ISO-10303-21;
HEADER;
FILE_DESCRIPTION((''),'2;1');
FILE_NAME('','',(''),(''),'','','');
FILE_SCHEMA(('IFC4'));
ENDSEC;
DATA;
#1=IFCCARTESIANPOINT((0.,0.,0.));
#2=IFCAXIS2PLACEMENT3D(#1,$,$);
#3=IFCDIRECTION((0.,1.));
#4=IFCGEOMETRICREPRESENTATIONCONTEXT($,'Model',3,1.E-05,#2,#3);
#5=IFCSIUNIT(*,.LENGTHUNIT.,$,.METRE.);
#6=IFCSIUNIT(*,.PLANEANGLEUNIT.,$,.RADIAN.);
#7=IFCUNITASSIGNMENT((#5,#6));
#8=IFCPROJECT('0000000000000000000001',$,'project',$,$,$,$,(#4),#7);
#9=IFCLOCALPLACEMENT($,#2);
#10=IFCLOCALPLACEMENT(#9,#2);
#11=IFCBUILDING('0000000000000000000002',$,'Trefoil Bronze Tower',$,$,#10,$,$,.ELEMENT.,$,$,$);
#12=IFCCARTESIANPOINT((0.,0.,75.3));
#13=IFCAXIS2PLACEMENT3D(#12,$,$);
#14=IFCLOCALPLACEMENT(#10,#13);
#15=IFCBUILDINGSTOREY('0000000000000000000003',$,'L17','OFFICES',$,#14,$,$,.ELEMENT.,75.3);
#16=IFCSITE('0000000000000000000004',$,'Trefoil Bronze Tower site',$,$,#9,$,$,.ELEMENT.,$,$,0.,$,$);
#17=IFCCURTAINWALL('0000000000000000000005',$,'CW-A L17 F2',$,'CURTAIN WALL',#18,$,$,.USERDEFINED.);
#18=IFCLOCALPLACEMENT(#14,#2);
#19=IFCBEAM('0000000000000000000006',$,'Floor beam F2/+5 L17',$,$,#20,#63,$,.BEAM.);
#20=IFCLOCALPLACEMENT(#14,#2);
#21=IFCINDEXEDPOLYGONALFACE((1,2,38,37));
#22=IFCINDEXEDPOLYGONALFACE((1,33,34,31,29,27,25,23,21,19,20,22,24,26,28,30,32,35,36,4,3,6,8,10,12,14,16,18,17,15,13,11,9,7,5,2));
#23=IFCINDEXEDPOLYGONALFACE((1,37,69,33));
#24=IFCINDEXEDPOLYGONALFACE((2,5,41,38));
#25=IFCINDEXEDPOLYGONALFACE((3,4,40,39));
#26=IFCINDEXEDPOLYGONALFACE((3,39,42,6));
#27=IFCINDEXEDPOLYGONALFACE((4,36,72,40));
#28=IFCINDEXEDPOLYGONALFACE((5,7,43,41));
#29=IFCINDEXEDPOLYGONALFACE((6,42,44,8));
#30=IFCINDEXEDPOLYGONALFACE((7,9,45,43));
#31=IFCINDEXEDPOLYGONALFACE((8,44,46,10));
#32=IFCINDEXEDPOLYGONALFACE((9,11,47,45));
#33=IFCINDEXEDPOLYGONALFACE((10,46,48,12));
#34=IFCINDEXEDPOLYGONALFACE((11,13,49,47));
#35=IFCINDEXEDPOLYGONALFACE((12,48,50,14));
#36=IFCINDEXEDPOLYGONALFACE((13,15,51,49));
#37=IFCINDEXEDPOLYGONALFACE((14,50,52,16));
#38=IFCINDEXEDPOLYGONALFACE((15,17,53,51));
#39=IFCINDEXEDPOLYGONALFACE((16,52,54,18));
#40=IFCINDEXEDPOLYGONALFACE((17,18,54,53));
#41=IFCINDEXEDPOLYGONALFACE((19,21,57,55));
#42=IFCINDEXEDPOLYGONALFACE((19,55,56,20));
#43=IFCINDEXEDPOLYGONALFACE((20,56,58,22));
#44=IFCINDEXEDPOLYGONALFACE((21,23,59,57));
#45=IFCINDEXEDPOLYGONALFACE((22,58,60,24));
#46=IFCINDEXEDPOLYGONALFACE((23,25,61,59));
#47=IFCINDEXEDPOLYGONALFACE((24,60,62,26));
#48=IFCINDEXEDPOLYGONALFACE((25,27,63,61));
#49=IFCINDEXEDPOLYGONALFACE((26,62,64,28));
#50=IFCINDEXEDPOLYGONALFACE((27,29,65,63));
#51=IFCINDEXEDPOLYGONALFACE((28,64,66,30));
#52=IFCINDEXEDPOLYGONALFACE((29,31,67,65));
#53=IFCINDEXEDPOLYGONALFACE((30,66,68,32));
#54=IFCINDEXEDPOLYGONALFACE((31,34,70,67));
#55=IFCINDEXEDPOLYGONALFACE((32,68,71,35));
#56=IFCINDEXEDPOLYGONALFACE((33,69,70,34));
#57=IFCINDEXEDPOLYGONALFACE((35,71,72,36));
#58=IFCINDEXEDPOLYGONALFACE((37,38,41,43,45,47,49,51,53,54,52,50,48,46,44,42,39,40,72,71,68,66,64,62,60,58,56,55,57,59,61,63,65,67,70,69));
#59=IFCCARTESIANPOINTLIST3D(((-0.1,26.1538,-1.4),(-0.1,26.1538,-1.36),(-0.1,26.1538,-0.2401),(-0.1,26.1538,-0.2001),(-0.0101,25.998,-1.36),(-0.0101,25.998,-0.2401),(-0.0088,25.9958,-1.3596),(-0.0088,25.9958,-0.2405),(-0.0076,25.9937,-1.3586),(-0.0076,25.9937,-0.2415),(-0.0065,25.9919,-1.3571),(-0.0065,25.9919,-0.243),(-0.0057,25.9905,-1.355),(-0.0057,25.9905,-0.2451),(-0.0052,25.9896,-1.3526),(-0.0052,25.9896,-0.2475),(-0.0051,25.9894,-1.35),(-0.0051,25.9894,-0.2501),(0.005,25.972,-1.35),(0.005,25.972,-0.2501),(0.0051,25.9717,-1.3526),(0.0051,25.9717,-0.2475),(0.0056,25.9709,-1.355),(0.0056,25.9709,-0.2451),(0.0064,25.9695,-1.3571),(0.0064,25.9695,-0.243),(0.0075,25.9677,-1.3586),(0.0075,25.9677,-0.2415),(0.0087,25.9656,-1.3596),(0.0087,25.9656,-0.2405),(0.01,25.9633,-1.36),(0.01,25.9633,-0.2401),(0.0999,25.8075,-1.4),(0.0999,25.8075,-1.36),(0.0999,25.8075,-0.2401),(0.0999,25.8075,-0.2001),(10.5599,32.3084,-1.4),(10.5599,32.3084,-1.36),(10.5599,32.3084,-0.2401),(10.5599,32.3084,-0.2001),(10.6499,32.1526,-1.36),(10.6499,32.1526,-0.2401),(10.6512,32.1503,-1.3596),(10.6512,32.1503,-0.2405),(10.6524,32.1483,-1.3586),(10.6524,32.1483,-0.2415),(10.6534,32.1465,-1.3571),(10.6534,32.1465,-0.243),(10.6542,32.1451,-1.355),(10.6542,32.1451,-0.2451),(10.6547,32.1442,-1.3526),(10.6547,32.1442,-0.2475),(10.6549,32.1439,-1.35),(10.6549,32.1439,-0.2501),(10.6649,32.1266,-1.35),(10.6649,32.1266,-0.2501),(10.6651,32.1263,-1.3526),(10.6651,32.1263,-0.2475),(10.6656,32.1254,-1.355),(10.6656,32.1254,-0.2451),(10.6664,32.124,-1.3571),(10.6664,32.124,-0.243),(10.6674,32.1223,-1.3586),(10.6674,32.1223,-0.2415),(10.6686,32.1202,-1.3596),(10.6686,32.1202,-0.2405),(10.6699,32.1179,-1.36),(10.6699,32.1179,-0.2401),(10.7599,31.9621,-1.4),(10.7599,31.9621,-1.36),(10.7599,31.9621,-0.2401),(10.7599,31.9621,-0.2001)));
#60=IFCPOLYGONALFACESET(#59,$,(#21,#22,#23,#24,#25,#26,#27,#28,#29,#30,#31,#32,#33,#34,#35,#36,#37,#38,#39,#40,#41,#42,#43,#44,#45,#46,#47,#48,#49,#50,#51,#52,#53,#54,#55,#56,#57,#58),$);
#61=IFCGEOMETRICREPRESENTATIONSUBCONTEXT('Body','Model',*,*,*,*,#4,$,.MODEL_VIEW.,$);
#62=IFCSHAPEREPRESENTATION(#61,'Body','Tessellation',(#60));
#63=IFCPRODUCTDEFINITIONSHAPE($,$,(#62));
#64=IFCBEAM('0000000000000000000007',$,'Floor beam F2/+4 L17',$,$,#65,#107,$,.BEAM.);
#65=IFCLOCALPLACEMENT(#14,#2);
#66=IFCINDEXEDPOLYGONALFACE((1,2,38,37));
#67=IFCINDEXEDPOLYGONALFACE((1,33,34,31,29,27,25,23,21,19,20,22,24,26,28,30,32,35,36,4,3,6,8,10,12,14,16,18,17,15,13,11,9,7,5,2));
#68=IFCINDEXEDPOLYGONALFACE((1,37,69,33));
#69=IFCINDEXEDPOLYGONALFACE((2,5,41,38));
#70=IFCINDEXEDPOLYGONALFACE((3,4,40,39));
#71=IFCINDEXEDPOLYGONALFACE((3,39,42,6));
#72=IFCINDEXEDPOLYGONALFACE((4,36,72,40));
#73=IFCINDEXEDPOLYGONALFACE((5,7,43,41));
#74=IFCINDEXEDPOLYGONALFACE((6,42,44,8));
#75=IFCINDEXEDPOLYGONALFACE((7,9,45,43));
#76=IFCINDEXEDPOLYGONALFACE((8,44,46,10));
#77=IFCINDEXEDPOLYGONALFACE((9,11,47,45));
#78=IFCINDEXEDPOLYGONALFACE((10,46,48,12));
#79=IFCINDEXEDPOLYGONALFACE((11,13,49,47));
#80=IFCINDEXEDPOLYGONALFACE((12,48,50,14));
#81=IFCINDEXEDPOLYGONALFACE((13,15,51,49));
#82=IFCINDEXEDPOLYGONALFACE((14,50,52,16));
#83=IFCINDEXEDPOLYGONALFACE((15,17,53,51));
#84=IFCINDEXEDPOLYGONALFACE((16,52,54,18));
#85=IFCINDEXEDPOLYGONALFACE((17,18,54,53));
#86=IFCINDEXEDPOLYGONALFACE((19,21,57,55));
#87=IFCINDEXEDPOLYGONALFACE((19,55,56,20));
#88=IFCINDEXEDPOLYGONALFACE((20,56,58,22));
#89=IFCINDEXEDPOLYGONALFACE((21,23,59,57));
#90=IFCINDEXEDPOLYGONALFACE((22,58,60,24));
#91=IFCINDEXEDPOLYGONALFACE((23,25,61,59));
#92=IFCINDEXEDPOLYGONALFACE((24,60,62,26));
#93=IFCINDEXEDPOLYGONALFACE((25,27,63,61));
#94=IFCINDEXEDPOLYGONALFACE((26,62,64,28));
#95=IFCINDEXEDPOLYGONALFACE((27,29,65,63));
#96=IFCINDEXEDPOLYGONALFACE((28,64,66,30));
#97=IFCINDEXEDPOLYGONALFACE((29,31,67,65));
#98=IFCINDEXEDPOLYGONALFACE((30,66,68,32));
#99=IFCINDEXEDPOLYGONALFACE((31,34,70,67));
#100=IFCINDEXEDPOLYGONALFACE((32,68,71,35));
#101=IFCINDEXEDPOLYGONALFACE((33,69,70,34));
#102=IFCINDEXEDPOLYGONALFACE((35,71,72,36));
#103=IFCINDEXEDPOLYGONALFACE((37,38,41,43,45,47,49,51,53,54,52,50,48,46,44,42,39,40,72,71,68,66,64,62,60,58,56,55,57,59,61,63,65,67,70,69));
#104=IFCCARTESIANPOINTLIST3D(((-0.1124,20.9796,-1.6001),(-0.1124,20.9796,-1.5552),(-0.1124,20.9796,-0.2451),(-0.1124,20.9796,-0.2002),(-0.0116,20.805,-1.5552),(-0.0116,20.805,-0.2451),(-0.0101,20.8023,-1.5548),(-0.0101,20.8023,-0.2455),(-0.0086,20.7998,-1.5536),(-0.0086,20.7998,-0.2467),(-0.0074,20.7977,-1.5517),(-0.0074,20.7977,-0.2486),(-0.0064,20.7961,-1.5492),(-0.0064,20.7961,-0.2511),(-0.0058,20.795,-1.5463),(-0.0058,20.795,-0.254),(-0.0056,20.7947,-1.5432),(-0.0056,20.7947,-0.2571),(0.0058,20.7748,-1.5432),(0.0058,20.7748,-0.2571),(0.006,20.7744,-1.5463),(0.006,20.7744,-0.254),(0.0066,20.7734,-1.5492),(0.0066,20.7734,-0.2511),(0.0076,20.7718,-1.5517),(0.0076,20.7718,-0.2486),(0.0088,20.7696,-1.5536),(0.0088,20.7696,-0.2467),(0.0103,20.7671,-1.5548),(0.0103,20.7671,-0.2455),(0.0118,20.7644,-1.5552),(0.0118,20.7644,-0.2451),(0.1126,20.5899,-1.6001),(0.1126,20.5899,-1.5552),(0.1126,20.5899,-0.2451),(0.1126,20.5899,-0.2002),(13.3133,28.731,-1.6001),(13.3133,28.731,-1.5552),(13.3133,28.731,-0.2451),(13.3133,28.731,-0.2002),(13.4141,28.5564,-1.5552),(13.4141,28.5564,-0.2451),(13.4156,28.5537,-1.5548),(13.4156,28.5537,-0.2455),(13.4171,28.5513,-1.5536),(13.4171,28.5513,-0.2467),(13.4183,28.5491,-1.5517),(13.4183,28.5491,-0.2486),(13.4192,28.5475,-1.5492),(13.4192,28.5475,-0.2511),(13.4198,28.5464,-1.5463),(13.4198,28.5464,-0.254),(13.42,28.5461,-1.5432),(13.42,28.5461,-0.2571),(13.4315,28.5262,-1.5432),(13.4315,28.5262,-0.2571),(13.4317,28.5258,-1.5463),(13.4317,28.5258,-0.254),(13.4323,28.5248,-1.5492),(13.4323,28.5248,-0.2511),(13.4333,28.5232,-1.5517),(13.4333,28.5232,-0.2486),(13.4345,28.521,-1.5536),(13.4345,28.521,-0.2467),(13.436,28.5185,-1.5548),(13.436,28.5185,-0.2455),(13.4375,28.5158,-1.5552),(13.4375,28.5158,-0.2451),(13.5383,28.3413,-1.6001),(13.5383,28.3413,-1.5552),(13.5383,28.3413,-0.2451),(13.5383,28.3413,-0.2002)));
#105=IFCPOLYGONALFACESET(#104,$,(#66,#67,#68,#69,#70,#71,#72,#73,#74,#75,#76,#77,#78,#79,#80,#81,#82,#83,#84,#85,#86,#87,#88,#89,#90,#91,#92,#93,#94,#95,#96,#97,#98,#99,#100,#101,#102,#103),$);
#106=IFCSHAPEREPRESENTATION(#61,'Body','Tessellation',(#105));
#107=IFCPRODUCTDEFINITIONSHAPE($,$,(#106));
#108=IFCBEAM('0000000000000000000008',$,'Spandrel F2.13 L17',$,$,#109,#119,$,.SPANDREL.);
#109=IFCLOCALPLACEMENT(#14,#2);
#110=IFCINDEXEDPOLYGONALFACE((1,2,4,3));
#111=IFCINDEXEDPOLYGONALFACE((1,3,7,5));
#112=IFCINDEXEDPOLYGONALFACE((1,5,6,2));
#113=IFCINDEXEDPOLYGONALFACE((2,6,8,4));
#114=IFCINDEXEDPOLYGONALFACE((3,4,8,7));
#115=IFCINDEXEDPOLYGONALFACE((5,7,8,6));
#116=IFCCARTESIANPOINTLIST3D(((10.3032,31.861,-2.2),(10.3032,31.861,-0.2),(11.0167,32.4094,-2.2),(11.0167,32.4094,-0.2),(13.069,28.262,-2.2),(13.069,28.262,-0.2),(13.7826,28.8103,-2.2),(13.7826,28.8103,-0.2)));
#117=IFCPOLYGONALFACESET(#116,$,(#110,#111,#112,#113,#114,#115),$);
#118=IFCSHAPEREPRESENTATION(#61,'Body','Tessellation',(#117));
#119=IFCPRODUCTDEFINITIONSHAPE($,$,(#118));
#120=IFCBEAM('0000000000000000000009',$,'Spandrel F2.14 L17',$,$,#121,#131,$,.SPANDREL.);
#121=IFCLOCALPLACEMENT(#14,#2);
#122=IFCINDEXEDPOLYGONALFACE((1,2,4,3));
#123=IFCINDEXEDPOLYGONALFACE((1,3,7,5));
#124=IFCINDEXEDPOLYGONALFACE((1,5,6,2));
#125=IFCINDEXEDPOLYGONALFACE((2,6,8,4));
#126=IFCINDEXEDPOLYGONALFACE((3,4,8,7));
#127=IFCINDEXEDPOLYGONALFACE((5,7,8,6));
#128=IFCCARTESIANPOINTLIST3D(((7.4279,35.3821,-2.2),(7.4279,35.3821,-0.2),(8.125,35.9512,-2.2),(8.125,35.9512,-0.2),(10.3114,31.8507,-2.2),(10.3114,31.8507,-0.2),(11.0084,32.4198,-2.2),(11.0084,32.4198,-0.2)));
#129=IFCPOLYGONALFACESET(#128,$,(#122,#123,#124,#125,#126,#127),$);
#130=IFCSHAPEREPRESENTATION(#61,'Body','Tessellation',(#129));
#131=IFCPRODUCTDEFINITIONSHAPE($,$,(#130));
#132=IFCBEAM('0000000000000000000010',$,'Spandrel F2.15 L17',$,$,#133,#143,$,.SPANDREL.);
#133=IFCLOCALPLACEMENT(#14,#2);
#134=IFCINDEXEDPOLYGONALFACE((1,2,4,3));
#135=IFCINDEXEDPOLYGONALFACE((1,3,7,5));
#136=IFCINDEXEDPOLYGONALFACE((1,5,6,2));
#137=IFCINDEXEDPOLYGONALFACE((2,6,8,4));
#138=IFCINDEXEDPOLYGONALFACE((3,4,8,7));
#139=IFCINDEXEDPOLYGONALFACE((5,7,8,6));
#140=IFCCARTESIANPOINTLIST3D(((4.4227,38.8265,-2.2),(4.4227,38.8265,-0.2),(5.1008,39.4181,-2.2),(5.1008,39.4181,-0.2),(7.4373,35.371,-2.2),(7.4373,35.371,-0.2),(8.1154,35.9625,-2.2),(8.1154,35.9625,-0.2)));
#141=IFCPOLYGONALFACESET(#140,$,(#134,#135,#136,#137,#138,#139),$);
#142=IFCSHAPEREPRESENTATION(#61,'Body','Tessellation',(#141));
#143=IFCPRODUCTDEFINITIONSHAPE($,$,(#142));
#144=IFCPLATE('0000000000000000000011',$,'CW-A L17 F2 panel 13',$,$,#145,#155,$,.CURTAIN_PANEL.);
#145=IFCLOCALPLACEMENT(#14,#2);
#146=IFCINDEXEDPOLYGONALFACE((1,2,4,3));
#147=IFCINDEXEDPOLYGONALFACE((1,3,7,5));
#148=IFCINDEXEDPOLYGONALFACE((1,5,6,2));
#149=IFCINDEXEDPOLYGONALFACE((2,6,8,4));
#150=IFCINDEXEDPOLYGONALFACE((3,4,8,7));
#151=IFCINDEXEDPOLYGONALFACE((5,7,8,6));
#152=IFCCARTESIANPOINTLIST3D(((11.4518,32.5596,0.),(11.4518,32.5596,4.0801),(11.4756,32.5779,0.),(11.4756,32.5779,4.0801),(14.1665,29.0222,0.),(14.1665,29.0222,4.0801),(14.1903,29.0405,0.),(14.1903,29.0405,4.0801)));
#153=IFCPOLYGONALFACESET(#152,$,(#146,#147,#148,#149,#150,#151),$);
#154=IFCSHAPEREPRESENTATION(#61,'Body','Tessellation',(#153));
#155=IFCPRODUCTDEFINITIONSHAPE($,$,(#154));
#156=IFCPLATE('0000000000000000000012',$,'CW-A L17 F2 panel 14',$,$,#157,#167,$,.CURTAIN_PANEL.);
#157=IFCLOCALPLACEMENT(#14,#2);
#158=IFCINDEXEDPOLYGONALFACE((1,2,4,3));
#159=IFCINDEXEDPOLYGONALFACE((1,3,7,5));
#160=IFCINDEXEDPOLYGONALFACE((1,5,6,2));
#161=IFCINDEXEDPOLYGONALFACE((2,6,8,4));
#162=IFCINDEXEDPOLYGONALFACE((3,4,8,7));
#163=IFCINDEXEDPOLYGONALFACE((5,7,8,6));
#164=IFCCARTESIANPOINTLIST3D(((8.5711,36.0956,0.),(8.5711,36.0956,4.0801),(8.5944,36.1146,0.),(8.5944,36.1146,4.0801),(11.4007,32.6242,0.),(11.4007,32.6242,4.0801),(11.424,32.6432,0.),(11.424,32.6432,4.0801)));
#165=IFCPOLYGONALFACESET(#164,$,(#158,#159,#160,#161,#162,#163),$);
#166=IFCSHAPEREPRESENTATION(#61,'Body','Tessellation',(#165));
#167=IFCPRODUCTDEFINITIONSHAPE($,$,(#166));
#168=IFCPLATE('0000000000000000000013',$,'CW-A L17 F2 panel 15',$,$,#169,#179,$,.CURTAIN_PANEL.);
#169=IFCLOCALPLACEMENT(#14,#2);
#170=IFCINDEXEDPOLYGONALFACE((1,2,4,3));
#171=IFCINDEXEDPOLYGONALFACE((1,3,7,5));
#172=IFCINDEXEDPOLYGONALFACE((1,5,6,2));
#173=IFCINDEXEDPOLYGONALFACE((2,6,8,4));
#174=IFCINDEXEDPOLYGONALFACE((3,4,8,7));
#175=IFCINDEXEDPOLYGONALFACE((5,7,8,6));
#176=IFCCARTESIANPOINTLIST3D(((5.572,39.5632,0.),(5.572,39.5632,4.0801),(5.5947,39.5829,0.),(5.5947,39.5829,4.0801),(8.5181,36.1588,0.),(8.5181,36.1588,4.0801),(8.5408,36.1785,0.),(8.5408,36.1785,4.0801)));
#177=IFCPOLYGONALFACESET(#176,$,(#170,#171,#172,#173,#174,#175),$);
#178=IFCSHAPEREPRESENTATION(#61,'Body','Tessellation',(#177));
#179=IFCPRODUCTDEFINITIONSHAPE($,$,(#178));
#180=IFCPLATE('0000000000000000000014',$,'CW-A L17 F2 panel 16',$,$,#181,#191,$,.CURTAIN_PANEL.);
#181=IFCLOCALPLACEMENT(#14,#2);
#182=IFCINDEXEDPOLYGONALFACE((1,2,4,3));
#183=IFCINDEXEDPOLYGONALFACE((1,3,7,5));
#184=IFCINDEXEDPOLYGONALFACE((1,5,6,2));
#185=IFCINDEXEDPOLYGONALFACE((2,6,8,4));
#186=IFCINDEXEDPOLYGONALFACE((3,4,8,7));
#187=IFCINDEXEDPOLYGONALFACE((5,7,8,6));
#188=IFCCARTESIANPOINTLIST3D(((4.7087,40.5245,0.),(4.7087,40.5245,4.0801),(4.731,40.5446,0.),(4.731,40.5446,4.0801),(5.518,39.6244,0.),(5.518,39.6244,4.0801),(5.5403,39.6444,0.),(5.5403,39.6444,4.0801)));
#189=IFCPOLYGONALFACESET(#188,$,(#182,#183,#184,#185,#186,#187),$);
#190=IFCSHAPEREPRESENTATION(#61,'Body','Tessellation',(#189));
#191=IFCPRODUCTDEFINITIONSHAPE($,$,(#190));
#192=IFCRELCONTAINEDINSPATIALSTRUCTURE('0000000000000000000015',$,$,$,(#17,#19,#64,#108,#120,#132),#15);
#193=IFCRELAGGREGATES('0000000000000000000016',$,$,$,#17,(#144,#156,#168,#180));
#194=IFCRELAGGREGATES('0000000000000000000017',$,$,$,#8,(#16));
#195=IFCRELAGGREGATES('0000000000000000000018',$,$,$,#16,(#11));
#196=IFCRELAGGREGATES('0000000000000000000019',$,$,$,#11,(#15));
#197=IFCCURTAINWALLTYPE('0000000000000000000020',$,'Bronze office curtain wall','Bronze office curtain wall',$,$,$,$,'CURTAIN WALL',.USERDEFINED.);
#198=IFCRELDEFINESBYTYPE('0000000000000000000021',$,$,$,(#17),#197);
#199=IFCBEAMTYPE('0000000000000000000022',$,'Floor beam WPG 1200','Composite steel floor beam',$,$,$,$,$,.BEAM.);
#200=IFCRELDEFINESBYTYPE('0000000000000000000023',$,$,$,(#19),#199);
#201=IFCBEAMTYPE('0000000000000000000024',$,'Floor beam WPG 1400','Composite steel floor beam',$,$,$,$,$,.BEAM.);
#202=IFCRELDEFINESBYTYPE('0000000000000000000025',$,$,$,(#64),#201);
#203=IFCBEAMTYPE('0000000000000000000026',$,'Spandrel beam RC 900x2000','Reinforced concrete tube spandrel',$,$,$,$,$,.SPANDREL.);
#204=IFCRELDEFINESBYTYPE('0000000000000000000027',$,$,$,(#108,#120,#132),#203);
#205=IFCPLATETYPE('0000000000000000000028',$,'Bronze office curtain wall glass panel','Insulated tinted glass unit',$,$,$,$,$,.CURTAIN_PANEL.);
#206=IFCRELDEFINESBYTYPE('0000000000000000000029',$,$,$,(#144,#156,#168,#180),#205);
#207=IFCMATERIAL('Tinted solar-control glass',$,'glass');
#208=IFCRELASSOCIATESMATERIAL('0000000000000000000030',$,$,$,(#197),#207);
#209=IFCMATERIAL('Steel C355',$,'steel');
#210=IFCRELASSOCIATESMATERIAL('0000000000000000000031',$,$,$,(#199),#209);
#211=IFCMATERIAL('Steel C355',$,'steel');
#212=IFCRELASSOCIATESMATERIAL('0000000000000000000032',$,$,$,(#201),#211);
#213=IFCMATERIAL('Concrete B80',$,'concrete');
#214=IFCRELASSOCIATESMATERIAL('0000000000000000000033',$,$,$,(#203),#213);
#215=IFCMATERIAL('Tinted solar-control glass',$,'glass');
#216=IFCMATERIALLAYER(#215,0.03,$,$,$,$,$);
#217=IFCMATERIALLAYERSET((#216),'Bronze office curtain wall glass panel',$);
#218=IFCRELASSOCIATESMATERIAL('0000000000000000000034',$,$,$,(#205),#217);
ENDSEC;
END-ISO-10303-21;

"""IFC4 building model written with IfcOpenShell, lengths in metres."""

from ifc_helpers import new_model, si_unit, direction, frame, origin, origin_2d, place, context, subcontext, project, spatial, rectangle, i_section, extrude, material, layer, layer_set, material_profile, profile_set, type_object, element, aggregate, save


model = new_model("IFC4")

# Units and contexts
model_context = context("Model", 3, precision=1e-05, world=origin(), true_north=direction((0.0, 1.0)))
body_context = subcontext(model_context, "Body", "Model", "MODEL_VIEW")
ifc_project = project(units=[si_unit("LENGTHUNIT", "METRE"), si_unit("PLANEANGLEUNIT", "RADIAN")], contexts=[model_context])

# Site, building, storey
site_placement = place(None, origin())
site = spatial("IfcSite", under=ifc_project, at=site_placement, Name="Trefoil Bronze Tower site", CompositionType="ELEMENT", RefElevation=0.0)
building_placement = place(site_placement, origin())
building = spatial("IfcBuilding", under=site, at=building_placement, Name="Trefoil Bronze Tower", CompositionType="ELEMENT")
storey_placement = place(building_placement, frame((0.0, 0.0, 75.3)))
storey = spatial("IfcBuildingStorey", under=building, at=storey_placement, Name="L17", Description="OFFICES", CompositionType="ELEMENT", Elevation=75.3)

# Curtain wall
ifc_material_1 = material(Name="Tinted solar-control glass", Category="glass")
curtain_wall_type_1 = type_object("IfcCurtainWallType", Name="Bronze office curtain wall", Description="Bronze office curtain wall", ElementType="CURTAIN WALL", PredefinedType="USERDEFINED", material=ifc_material_1)
curtain_wall_1_placement = place(storey_placement, origin())
curtain_wall_1 = element("IfcCurtainWall", 1, at=curtain_wall_1_placement, inside=storey, type_object=curtain_wall_type_1, Name="CW-A L17 F2", ObjectType="CURTAIN WALL", PredefinedType="USERDEFINED")

# Beams
ifc_material_2 = material(Name="Steel C355", Category="steel")
ifc_material_profile_1 = material_profile(ifc_material_2, i_section(OverallWidth=0.3999, OverallDepth=1.2, WebThickness=0.02, FlangeThickness=0.04, FilletRadius=0.01, at=origin_2d()), Name="WPG 1200")
ifc_profile_set_1 = profile_set([ifc_material_profile_1], Name="Steel C355")
beam_type_1 = type_object("IfcBeamType", Name="Floor beam WPG 1200", Description="Composite steel floor beam", PredefinedType="BEAM", material=ifc_profile_set_1)
beam_1_placement = place(storey_placement, frame((10.6599, 32.1353, -0.8), z_axis=(-0.866024, -0.500002, 0.0), x_axis=(0.500002, -0.866024, 0.0)))
element("IfcBeam", 2, at=beam_1_placement, inside=storey, type_object=beam_type_1, Name="Floor beam F2/+5 L17", PredefinedType="BEAM", context=body_context, shape_type="SweptSolid", body=[
    extrude(i_section(OverallWidth=0.3999, OverallDepth=1.2, WebThickness=0.02, FlangeThickness=0.04, FilletRadius=0.01, at=origin_2d()), origin(), (0.0, 0.0, 1.0), 12.3091),
])
ifc_material_3 = material(Name="Steel C355", Category="steel")
ifc_material_profile_2 = material_profile(ifc_material_3, i_section(OverallWidth=0.45, OverallDepth=1.3999, WebThickness=0.0229, FlangeThickness=0.0449, FilletRadius=0.012, at=origin_2d()), Name="WPG 1400")
ifc_profile_set_2 = profile_set([ifc_material_profile_2], Name="Steel C355")
beam_type_2 = type_object("IfcBeamType", Name="Floor beam WPG 1400", Description="Composite steel floor beam", PredefinedType="BEAM", material=ifc_profile_set_2)
beam_2_placement = place(storey_placement, frame((13.4258, 28.5361, -0.9001), z_axis=(-0.866023, -0.500004, 0.0), x_axis=(0.500004, -0.866023, 0.0)))
element("IfcBeam", 3, at=beam_2_placement, inside=storey, type_object=beam_type_2, Name="Floor beam F2/+4 L17", PredefinedType="BEAM", context=body_context, shape_type="SweptSolid", body=[
    extrude(i_section(OverallWidth=0.45, OverallDepth=1.3999, WebThickness=0.0229, FlangeThickness=0.0449, FilletRadius=0.012, at=origin_2d()), origin(), (0.0, 0.0, 1.0), 15.5027),
])
ifc_material_4 = material(Name="Concrete B80", Category="concrete")
ifc_material_profile_3 = material_profile(ifc_material_4, rectangle(XDim=0.8999, YDim=2.0, at=origin_2d()), Name="RC 900x2000")
ifc_profile_set_3 = profile_set([ifc_material_profile_3], Name="Concrete B80")
beam_type_3 = type_object("IfcBeamType", Name="Spandrel beam RC 900x2000", Description="Reinforced concrete tube spandrel", PredefinedType="SPANDREL", material=ifc_profile_set_3)
beam_3_placement = place(storey_placement, frame((13.4258, 28.5361, -1.2), z_axis=(-0.609339, 0.79291, 0.0), x_axis=(-0.79291, -0.609339, 0.0)))
element("IfcBeam", 4, at=beam_3_placement, inside=storey, type_object=beam_type_3, Name="Spandrel F2.13 L17", PredefinedType="SPANDREL", context=body_context, shape_type="SweptSolid", body=[
    extrude(rectangle(XDim=0.8999, YDim=2.0, at=origin_2d()), origin(), (0.0, 0.0, 1.0), 4.5391),
])
beam_4_placement = place(storey_placement, frame((10.6599, 32.1353, -1.2), z_axis=(-0.632468, 0.774587, 0.0), x_axis=(-0.774587, -0.632468, 0.0)))
element("IfcBeam", 5, at=beam_4_placement, inside=storey, type_object=beam_type_3, Name="Spandrel F2.14 L17", PredefinedType="SPANDREL", context=body_context, shape_type="SweptSolid", body=[
    extrude(rectangle(XDim=0.8999, YDim=2.0, at=origin_2d()), origin(), (0.0, 0.0, 1.0), 4.5591),
])
beam_5_placement = place(storey_placement, frame((7.7764, 35.6667, -1.2), z_axis=(-0.657396, 0.753545, 0.0), x_axis=(-0.753545, -0.657396, 0.0)))
element("IfcBeam", 6, at=beam_5_placement, inside=storey, type_object=beam_type_3, Name="Spandrel F2.15 L17", PredefinedType="SPANDREL", context=body_context, shape_type="SweptSolid", body=[
    extrude(rectangle(XDim=0.8999, YDim=2.0, at=origin_2d()), origin(), (0.0, 0.0, 1.0), 4.5857),
])

# Plates
ifc_material_5 = material(Name="Tinted solar-control glass", Category="glass")
ifc_layer_1 = layer(ifc_material_5, 0.03)
ifc_layer_set_1 = layer_set([ifc_layer_1], Name="Bronze office curtain wall glass panel")
plate_type_1 = type_object("IfcPlateType", Name="Bronze office curtain wall glass panel", Description="Insulated tinted glass unit", PredefinedType="CURTAIN_PANEL", material=ifc_layer_set_1)
plate_1_placement = place(storey_placement, frame((12.821, 30.8, 0.0), z_axis=(0.0, 0.0, 1.0), x_axis=(-0.608808, 0.793318, 0.0)))
plate_1 = element("IfcPlate", 7, at=plate_1_placement, type_object=plate_type_1, Name="CW-A L17 F2 panel 13", PredefinedType="CURTAIN_PANEL", context=body_context, shape_type="SweptSolid", body=[
    extrude(rectangle(XDim=4.459, YDim=0.03, at=origin_2d()), origin(), (0.0, 0.0, 1.0), 4.0801),
])
plate_2_placement = place(storey_placement, frame((9.9976, 34.3694, 0.0), z_axis=(0.0, 0.0, 1.0), x_axis=(-0.631811, 0.775123, 0.0)))
plate_2 = element("IfcPlate", 8, at=plate_2_placement, type_object=plate_type_1, Name="CW-A L17 F2 panel 14", PredefinedType="CURTAIN_PANEL", context=body_context, shape_type="SweptSolid", body=[
    extrude(rectangle(XDim=4.4785, YDim=0.03, at=origin_2d()), origin(), (0.0, 0.0, 1.0), 4.0801),
])
plate_3_placement = place(storey_placement, frame((7.0564, 37.8708, 0.0), z_axis=(0.0, 0.0, 1.0), x_axis=(-0.654376, 0.756169, 0.0)))
plate_3 = element("IfcPlate", 9, at=plate_3_placement, type_object=plate_type_1, Name="CW-A L17 F2 panel 15", PredefinedType="CURTAIN_PANEL", context=body_context, shape_type="SweptSolid", body=[
    extrude(rectangle(XDim=4.5022, YDim=0.03, at=origin_2d()), origin(), (0.0, 0.0, 1.0), 4.0801),
])
plate_4_placement = place(storey_placement, frame((5.1245, 40.0845, 0.0), z_axis=(0.0, 0.0, 1.0), x_axis=(-0.668575, 0.743645, 0.0)))
plate_4 = element("IfcPlate", 10, at=plate_4_placement, type_object=plate_type_1, Name="CW-A L17 F2 panel 16", PredefinedType="CURTAIN_PANEL", context=body_context, shape_type="SweptSolid", body=[
    extrude(rectangle(XDim=1.2104, YDim=0.03, at=origin_2d()), origin(), (0.0, 0.0, 1.0), 4.0801),
])
aggregate(curtain_wall_1, [plate_1, plate_2, plate_3, plate_4])

save(model, "model.ifc")
